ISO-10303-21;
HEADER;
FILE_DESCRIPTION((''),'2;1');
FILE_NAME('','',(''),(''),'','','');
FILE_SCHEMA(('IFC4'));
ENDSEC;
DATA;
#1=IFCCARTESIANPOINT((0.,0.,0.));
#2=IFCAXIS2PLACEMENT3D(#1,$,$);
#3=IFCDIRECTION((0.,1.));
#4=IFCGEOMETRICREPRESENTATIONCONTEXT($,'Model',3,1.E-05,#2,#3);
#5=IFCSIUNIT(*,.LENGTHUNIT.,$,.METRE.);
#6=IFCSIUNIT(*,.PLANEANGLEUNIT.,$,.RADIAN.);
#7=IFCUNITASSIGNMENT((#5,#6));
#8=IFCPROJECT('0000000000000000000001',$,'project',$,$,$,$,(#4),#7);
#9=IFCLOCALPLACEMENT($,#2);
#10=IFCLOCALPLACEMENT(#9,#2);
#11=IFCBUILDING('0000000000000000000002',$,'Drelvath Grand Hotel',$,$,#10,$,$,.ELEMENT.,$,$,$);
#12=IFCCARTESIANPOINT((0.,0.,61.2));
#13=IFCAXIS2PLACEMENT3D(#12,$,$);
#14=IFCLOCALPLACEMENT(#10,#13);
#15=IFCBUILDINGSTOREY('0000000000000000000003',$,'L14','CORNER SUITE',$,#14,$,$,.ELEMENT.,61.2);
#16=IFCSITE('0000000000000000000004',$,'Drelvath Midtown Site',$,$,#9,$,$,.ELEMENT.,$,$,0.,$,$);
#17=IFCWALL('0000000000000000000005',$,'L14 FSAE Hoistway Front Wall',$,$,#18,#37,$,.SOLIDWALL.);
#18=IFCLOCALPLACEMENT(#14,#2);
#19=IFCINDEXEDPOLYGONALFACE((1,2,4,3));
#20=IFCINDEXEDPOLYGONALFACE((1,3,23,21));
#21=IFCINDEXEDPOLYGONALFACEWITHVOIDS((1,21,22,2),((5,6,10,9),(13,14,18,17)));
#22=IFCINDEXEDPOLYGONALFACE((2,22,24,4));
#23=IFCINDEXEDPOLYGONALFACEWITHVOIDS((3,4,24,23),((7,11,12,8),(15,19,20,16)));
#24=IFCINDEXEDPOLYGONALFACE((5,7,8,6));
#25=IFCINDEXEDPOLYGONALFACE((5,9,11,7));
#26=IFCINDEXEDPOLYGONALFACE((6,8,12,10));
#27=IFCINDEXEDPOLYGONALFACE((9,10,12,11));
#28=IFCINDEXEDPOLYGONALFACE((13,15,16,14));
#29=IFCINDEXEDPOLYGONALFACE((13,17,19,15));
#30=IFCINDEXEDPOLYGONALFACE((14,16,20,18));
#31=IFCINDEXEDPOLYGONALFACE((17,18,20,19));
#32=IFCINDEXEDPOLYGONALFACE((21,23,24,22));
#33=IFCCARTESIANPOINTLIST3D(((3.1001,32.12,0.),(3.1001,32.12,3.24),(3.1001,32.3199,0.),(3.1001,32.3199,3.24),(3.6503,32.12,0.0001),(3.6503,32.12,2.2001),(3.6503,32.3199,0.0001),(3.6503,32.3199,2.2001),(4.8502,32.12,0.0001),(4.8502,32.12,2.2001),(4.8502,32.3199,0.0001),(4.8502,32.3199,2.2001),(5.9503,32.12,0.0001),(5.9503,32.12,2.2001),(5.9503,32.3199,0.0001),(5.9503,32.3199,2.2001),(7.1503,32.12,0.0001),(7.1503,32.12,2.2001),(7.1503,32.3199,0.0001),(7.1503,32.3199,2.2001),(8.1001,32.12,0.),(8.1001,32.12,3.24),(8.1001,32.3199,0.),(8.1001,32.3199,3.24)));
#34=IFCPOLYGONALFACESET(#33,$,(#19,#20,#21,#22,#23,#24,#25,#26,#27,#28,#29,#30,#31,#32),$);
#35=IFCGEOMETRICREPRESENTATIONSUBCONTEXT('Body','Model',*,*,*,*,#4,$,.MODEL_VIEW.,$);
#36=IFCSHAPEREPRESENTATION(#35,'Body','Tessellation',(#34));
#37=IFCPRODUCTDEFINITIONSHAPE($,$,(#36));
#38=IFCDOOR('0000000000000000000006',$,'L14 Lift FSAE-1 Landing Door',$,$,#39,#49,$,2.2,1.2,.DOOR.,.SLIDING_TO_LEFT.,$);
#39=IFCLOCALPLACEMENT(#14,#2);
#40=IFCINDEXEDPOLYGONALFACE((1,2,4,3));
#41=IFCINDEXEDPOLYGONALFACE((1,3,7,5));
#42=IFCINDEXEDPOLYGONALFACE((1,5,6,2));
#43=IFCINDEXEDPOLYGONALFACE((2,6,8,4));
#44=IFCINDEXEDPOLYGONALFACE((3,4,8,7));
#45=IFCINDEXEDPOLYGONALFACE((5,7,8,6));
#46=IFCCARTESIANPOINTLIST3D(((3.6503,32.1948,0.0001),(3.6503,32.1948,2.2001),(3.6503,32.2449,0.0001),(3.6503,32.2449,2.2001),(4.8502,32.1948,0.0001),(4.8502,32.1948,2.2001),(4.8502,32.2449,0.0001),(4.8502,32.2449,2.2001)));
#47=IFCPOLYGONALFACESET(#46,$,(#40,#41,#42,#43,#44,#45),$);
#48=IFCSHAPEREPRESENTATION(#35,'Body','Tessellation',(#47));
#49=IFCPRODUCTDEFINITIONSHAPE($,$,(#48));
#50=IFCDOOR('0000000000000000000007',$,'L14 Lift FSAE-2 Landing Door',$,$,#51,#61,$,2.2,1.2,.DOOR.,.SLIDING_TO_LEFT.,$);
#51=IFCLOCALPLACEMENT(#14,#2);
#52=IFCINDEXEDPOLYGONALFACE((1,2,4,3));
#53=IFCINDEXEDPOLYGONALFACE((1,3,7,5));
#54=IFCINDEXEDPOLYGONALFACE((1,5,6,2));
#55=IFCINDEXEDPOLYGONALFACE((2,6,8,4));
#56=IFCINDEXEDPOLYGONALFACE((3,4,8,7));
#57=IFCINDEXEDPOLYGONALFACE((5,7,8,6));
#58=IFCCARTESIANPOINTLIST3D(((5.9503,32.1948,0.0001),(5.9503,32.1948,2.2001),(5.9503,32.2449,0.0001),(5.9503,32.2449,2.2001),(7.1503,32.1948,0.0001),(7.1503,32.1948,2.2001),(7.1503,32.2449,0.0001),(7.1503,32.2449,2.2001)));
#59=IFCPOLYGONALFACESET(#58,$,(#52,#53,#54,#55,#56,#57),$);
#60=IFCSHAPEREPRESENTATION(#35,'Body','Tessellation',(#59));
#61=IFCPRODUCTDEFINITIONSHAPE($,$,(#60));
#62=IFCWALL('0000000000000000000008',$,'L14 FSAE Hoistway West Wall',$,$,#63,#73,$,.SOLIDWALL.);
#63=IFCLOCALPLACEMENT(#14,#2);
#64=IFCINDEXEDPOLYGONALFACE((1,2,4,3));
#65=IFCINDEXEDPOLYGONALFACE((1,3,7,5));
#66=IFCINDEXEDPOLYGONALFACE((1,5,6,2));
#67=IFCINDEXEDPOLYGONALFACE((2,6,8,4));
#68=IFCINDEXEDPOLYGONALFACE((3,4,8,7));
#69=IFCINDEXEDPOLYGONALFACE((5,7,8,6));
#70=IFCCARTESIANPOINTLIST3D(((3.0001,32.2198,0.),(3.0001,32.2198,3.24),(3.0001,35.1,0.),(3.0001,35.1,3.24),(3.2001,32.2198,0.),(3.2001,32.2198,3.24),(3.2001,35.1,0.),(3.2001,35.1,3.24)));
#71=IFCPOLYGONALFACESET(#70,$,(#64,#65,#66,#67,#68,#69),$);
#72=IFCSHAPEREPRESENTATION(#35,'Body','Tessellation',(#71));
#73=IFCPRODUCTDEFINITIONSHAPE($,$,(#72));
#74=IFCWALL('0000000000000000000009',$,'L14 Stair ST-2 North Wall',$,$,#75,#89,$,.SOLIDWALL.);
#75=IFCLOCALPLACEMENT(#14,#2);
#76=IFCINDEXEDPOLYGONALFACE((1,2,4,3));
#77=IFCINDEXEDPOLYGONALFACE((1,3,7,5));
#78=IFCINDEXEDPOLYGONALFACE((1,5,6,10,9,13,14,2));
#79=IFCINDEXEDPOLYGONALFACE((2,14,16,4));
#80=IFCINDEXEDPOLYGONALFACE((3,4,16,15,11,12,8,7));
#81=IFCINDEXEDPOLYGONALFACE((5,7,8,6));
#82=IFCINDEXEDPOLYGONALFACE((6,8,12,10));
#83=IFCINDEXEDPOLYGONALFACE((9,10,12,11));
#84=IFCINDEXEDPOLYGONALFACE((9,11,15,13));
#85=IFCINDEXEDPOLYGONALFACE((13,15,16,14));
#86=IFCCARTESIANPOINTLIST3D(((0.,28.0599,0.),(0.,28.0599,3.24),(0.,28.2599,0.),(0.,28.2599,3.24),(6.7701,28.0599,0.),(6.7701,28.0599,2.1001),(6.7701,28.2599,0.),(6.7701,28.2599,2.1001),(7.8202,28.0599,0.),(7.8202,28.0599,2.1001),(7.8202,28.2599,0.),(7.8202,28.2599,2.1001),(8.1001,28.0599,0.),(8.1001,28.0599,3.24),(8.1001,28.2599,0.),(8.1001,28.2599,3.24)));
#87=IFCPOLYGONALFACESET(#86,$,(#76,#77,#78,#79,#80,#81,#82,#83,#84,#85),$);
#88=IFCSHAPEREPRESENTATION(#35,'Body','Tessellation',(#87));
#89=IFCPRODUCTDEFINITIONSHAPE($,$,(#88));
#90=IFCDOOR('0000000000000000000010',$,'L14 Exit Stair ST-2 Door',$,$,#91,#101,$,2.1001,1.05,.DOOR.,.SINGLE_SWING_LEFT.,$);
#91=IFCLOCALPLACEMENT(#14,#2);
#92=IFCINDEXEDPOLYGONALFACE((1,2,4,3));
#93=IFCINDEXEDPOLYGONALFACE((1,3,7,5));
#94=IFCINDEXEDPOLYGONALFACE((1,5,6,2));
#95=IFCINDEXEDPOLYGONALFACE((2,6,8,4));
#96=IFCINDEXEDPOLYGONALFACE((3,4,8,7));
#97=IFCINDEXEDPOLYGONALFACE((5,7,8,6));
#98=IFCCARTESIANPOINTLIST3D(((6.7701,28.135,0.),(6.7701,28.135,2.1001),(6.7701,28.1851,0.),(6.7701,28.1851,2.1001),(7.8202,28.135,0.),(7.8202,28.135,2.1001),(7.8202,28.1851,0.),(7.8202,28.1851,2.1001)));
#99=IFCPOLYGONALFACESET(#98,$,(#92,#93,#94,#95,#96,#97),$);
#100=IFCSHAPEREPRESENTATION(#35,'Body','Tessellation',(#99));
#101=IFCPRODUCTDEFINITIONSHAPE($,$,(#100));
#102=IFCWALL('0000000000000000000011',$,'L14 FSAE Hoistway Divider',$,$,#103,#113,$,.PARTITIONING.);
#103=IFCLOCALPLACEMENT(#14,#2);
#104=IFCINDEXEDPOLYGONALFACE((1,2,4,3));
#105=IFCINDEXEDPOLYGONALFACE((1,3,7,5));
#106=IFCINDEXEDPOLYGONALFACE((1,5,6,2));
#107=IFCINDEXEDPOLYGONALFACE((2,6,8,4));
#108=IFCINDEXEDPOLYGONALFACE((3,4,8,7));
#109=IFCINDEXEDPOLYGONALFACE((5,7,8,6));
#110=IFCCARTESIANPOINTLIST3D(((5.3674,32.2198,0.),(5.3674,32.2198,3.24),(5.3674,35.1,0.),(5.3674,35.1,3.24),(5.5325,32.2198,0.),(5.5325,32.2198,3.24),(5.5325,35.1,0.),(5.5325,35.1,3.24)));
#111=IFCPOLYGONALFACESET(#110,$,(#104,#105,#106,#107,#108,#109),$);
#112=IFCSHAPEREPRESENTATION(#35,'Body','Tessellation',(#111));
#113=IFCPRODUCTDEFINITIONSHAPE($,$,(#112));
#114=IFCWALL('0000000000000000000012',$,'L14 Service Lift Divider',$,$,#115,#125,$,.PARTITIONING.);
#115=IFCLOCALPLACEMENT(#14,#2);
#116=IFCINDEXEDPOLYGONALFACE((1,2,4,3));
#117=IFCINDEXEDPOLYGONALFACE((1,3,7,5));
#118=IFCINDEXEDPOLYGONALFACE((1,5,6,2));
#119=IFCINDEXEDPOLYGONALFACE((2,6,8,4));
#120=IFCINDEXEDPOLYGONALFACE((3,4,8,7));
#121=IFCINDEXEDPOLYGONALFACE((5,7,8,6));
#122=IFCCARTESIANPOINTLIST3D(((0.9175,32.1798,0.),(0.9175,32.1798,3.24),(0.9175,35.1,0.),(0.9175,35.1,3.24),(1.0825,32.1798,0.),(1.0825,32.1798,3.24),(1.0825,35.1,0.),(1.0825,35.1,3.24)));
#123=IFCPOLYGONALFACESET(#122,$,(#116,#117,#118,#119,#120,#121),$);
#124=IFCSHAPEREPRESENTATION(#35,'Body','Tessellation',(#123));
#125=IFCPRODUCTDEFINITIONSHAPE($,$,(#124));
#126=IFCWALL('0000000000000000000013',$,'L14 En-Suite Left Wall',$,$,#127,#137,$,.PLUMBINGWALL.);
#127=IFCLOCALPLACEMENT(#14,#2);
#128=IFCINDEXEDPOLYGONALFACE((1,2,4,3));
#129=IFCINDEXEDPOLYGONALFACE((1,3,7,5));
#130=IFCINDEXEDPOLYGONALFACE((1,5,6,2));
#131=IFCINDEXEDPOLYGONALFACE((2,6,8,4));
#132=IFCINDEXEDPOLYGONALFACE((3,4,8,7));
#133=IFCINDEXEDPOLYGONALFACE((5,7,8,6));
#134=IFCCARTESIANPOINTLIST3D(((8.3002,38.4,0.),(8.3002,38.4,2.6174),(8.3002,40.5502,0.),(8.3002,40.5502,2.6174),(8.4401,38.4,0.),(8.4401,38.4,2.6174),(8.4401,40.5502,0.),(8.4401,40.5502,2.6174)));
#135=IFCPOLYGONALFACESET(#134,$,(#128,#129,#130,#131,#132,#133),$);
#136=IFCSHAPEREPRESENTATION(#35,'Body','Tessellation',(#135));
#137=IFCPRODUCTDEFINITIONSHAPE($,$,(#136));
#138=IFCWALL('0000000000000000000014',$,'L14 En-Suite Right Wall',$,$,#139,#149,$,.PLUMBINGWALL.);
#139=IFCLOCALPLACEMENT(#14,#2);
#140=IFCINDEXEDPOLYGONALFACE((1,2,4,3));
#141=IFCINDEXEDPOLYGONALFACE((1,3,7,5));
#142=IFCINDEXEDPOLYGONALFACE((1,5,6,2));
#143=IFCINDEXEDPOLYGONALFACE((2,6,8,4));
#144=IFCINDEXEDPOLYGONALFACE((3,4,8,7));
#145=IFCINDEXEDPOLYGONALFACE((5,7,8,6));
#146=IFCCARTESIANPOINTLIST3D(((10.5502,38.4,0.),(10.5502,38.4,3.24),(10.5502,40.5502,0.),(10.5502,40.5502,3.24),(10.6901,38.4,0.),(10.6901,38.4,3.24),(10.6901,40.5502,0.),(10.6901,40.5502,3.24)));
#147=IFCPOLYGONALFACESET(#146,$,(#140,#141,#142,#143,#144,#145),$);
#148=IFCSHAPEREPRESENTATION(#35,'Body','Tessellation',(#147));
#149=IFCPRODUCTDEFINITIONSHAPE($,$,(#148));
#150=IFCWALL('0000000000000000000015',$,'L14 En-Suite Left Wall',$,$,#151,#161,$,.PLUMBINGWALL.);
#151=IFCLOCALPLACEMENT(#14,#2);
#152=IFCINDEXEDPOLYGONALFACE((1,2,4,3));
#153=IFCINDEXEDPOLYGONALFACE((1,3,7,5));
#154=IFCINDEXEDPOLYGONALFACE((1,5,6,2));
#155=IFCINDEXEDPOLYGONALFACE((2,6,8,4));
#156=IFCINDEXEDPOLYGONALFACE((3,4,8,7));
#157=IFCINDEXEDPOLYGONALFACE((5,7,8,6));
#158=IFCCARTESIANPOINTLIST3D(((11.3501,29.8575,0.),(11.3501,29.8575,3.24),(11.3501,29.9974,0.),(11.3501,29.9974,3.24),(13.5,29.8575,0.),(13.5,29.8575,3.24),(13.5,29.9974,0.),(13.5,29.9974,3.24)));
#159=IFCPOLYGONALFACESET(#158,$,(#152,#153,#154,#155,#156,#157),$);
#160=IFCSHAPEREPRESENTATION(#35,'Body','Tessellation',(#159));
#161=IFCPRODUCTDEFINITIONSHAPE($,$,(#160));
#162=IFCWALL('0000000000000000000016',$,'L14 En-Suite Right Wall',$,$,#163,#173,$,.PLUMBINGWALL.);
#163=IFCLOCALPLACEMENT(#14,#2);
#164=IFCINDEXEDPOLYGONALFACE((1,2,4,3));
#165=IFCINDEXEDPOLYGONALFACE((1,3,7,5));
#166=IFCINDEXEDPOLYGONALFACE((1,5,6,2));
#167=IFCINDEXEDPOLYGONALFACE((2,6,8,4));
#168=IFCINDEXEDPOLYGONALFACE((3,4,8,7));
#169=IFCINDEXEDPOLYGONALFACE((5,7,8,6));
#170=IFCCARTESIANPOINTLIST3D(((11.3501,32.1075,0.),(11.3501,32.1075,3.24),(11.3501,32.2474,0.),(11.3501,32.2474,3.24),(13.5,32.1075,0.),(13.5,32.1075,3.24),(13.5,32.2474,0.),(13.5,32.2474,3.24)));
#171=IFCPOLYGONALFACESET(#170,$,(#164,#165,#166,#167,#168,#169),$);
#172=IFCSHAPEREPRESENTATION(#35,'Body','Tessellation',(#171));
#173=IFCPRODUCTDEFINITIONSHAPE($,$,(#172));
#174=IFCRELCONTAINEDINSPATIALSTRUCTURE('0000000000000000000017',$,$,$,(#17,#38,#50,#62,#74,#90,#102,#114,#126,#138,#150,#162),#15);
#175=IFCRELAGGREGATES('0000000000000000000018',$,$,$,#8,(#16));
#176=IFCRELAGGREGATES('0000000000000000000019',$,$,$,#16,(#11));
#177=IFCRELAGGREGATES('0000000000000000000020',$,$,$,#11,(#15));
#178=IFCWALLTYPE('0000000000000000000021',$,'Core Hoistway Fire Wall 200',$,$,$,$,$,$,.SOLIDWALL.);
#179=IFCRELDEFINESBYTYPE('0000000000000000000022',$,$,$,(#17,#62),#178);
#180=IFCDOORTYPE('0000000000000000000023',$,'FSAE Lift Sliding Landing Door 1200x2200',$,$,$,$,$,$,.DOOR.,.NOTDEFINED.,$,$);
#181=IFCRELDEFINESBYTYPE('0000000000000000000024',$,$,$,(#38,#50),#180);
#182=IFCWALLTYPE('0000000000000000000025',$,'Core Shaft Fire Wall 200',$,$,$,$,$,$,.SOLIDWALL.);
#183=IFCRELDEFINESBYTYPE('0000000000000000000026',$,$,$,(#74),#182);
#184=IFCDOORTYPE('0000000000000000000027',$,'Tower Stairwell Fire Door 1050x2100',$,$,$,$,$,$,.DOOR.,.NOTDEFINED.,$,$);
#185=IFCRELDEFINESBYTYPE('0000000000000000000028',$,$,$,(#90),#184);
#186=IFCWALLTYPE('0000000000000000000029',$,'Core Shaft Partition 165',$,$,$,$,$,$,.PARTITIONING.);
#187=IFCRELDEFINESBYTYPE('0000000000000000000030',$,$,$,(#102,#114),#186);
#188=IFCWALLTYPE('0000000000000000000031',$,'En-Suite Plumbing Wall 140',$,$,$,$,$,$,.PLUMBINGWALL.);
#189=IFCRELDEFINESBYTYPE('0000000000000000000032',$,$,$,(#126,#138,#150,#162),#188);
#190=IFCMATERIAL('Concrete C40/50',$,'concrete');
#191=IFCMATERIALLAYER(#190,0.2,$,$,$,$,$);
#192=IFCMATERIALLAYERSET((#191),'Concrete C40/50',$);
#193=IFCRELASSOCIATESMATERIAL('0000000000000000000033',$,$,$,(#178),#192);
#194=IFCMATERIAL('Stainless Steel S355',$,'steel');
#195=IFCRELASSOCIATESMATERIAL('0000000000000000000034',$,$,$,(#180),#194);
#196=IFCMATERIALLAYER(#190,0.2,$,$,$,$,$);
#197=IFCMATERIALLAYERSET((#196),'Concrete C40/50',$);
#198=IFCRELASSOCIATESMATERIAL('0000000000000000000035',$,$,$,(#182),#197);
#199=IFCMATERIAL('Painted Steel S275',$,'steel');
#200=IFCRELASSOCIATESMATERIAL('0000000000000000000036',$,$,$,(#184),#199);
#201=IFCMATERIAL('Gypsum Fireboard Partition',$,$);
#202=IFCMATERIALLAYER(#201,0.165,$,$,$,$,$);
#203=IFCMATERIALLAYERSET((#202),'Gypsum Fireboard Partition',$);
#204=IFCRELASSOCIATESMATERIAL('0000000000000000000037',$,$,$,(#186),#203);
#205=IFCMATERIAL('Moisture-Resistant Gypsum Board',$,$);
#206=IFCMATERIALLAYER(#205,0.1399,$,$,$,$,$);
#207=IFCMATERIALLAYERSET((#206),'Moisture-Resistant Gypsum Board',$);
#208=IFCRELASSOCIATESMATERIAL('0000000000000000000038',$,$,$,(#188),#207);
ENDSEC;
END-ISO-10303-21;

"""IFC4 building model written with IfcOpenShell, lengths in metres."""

from ifc_helpers import new_model, si_unit, direction, frame, frame_2d, origin, place, context, subcontext, project, spatial, rectangle, extrude, material, layer, layer_set, type_object, element, fill, save


model = new_model("IFC4")

# Units and contexts
model_context = context("Model", 3, precision=1e-05, world=origin(), true_north=direction((0.0, 1.0)))
body_context = subcontext(model_context, "Body", "Model", "MODEL_VIEW")
ifc_project = project(units=[si_unit("LENGTHUNIT", "METRE"), si_unit("PLANEANGLEUNIT", "RADIAN")], contexts=[model_context])

# Site, building, storey
site_placement = place(None, origin())
site = spatial("IfcSite", under=ifc_project, at=site_placement, Name="Drelvath Midtown Site", CompositionType="ELEMENT", RefElevation=0.0)
building_placement = place(site_placement, origin())
building = spatial("IfcBuilding", under=site, at=building_placement, Name="Drelvath Grand Hotel", CompositionType="ELEMENT")
storey_placement = place(building_placement, frame((0.0, 0.0, 61.2)))
storey = spatial("IfcBuildingStorey", under=building, at=storey_placement, Name="L14", Description="CORNER SUITE", CompositionType="ELEMENT", Elevation=61.2)

# Wall, openings, doors
ifc_material_1 = material(Name="Concrete C40/50", Category="concrete")
ifc_layer_1 = layer(ifc_material_1, 0.2)
ifc_layer_set_1 = layer_set([ifc_layer_1], Name="Concrete C40/50")
wall_type_1 = type_object("IfcWallType", Name="Core Hoistway Fire Wall 200", PredefinedType="SOLIDWALL", material=ifc_layer_set_1)
wall_1_placement = place(storey_placement, frame((3.1001, 32.22, 0.0), z_axis=(0.0, 0.0, 1.0), x_axis=(1.0, 0.0, 0.0)))
wall_1 = element("IfcWall", 1, at=wall_1_placement, inside=storey, type_object=wall_type_1, Name="L14 FSAE Hoistway Front Wall", PredefinedType="SOLIDWALL", context=body_context, shape_type="SweptSolid", body=[
    extrude(rectangle(XDim=5.0, YDim=0.2, at=frame_2d((2.5, 0.0))), origin(), (0.0, 0.0, 1.0), 3.24),
])
opening_1_placement = place(wall_1_placement, frame((0.55, 0.0, 0.0)))
opening_1 = element("IfcOpeningElement", 2, at=opening_1_placement, cuts=wall_1, PredefinedType="OPENING", context=body_context, shape_type="SweptSolid", body=[
    extrude(rectangle(XDim=1.2, YDim=2.2, at=frame_2d((0.6001, 1.1001))), frame((0.0, 0.1099, 0.0), z_axis=(0.0, -1.0, 0.0), x_axis=(1.0, 0.0, 0.0)), (0.0, 0.0, 1.0), 0.22),
])
opening_2_placement = place(wall_1_placement, frame((2.8501, 0.0, 0.0)))
opening_2 = element("IfcOpeningElement", 3, at=opening_2_placement, cuts=wall_1, PredefinedType="OPENING", context=body_context, shape_type="SweptSolid", body=[
    extrude(rectangle(XDim=1.2, YDim=2.2, at=frame_2d((0.6001, 1.1001))), frame((0.0, 0.1099, 0.0), z_axis=(0.0, -1.0, 0.0), x_axis=(1.0, 0.0, 0.0)), (0.0, 0.0, 1.0), 0.22),
])
ifc_material_2 = material(Name="Stainless Steel S355", Category="steel")
door_type_1 = type_object("IfcDoorType", Name="FSAE Lift Sliding Landing Door 1200x2200", OperationType="NOTDEFINED", PredefinedType="DOOR", material=ifc_material_2)
door_1_placement = place(opening_1_placement, origin())
door_1 = element("IfcDoor", 4, at=door_1_placement, inside=storey, type_object=door_type_1, Name="L14 Lift FSAE-1 Landing Door", OperationType="SLIDING_TO_LEFT", OverallHeight=2.2, OverallWidth=1.2, PredefinedType="DOOR", context=body_context, shape_type="SweptSolid", body=[
    extrude(rectangle(XDim=1.2, YDim=2.2, at=frame_2d((0.6001, 1.1001))), frame((0.0, 0.0249, 0.0), z_axis=(0.0, -1.0, 0.0), x_axis=(1.0, 0.0, 0.0)), (0.0, 0.0, 1.0), 0.05),
])
fill(opening_1, door_1)
door_2_placement = place(opening_2_placement, origin())
door_2 = element("IfcDoor", 5, at=door_2_placement, inside=storey, type_object=door_type_1, Name="L14 Lift FSAE-2 Landing Door", OperationType="SLIDING_TO_LEFT", OverallHeight=2.2, OverallWidth=1.2, PredefinedType="DOOR", context=body_context, shape_type="SweptSolid", body=[
    extrude(rectangle(XDim=1.2, YDim=2.2, at=frame_2d((0.6001, 1.1001))), frame((0.0, 0.0249, 0.0), z_axis=(0.0, -1.0, 0.0), x_axis=(1.0, 0.0, 0.0)), (0.0, 0.0, 1.0), 0.05),
])
fill(opening_2, door_2)

# Wall
wall_2_placement = place(storey_placement, frame((3.1001, 32.22, 0.0), z_axis=(0.0, 0.0, 1.0), x_axis=(0.0, 1.0, 0.0)))
element("IfcWall", 6, at=wall_2_placement, inside=storey, type_object=wall_type_1, Name="L14 FSAE Hoistway West Wall", PredefinedType="SOLIDWALL", context=body_context, shape_type="SweptSolid", body=[
    extrude(rectangle(XDim=2.8801, YDim=0.2, at=frame_2d((1.4399, 0.0))), origin(), (0.0, 0.0, 1.0), 3.24),
])

# Wall, opening, door
ifc_layer_2 = layer(ifc_material_1, 0.2)
ifc_layer_set_2 = layer_set([ifc_layer_2], Name="Concrete C40/50")
wall_type_2 = type_object("IfcWallType", Name="Core Shaft Fire Wall 200", PredefinedType="SOLIDWALL", material=ifc_layer_set_2)
wall_3_placement = place(storey_placement, frame((8.1001, 28.1599, 0.0), z_axis=(0.0, 0.0, 1.0), x_axis=(-1.0, 0.0, 0.0)))
wall_3 = element("IfcWall", 7, at=wall_3_placement, inside=storey, type_object=wall_type_2, Name="L14 Stair ST-2 North Wall", PredefinedType="SOLIDWALL", context=body_context, shape_type="SweptSolid", body=[
    extrude(rectangle(XDim=8.1001, YDim=0.2, at=frame_2d((4.05, 0.0))), origin(), (0.0, 0.0, 1.0), 3.24),
])
opening_3_placement = place(wall_3_placement, frame((0.28, 0.0, 0.0)))
opening_3 = element("IfcOpeningElement", 8, at=opening_3_placement, cuts=wall_3, PredefinedType="OPENING", context=body_context, shape_type="SweptSolid", body=[
    extrude(rectangle(XDim=1.05, YDim=2.1001, at=frame_2d((0.5249, 1.05))), frame((0.0, 0.1099, 0.0), z_axis=(0.0, -1.0, 0.0), x_axis=(1.0, 0.0, 0.0)), (0.0, 0.0, 1.0), 0.22),
])
ifc_material_3 = material(Name="Painted Steel S275", Category="steel")
door_type_2 = type_object("IfcDoorType", Name="Tower Stairwell Fire Door 1050x2100", OperationType="NOTDEFINED", PredefinedType="DOOR", material=ifc_material_3)
door_3_placement = place(opening_3_placement, origin())
door_3 = element("IfcDoor", 9, at=door_3_placement, inside=storey, type_object=door_type_2, Name="L14 Exit Stair ST-2 Door", OperationType="SINGLE_SWING_LEFT", OverallHeight=2.1001, OverallWidth=1.05, PredefinedType="DOOR", context=body_context, shape_type="SweptSolid", body=[
    extrude(rectangle(XDim=1.05, YDim=2.1001, at=frame_2d((0.5249, 1.05))), frame((0.0, 0.0249, 0.0), z_axis=(0.0, -1.0, 0.0), x_axis=(1.0, 0.0, 0.0)), (0.0, 0.0, 1.0), 0.05),
])
fill(opening_3, door_3)

# Walls
ifc_material_4 = material(Name="Gypsum Fireboard Partition")
ifc_layer_3 = layer(ifc_material_4, 0.165)
ifc_layer_set_3 = layer_set([ifc_layer_3], Name="Gypsum Fireboard Partition")
wall_type_3 = type_object("IfcWallType", Name="Core Shaft Partition 165", PredefinedType="PARTITIONING", material=ifc_layer_set_3)
wall_4_placement = place(storey_placement, frame((5.45, 32.22, 0.0), z_axis=(0.0, 0.0, 1.0), x_axis=(0.0, 1.0, 0.0)))
element("IfcWall", 10, at=wall_4_placement, inside=storey, type_object=wall_type_3, Name="L14 FSAE Hoistway Divider", PredefinedType="PARTITIONING", context=body_context, shape_type="SweptSolid", body=[
    extrude(rectangle(XDim=2.8801, YDim=0.165, at=frame_2d((1.4399, 0.0))), origin(), (0.0, 0.0, 1.0), 3.24),
])
wall_5_placement = place(storey_placement, frame((1.0, 32.1799, 0.0), z_axis=(0.0, 0.0, 1.0), x_axis=(0.0, 1.0, 0.0)))
element("IfcWall", 11, at=wall_5_placement, inside=storey, type_object=wall_type_3, Name="L14 Service Lift Divider", PredefinedType="PARTITIONING", context=body_context, shape_type="SweptSolid", body=[
    extrude(rectangle(XDim=2.9202, YDim=0.165, at=frame_2d((1.46, 0.0))), origin(), (0.0, 0.0, 1.0), 3.24),
])
ifc_material_5 = material(Name="Moisture-Resistant Gypsum Board")
ifc_layer_4 = layer(ifc_material_5, 0.1399)
ifc_layer_set_4 = layer_set([ifc_layer_4], Name="Moisture-Resistant Gypsum Board")
wall_type_4 = type_object("IfcWallType", Name="En-Suite Plumbing Wall 140", PredefinedType="PLUMBINGWALL", material=ifc_layer_set_4)
wall_6_placement = place(storey_placement, frame((8.3701, 38.3999, 0.0), z_axis=(0.0, 0.0, 1.0), x_axis=(0.0, 1.0, 0.0)))
element("IfcWall", 12, at=wall_6_placement, inside=storey, type_object=wall_type_4, Name="L14 En-Suite Left Wall", PredefinedType="PLUMBINGWALL", context=body_context, shape_type="SweptSolid", body=[
    extrude(rectangle(XDim=2.1501, YDim=0.1399, at=frame_2d((1.0752, 0.0))), origin(), (0.0, 0.0, 1.0), 2.6174),
])
wall_7_placement = place(storey_placement, frame((10.6201, 38.3999, 0.0), z_axis=(0.0, 0.0, 1.0), x_axis=(0.0, 1.0, 0.0)))
element("IfcWall", 13, at=wall_7_placement, inside=storey, type_object=wall_type_4, Name="L14 En-Suite Right Wall", PredefinedType="PLUMBINGWALL", context=body_context, shape_type="SweptSolid", body=[
    extrude(rectangle(XDim=2.1501, YDim=0.1399, at=frame_2d((1.0752, 0.0))), origin(), (0.0, 0.0, 1.0), 3.24),
])
for number, where, z_axis, x_axis, name in (
    (14, (11.3501, 29.9275, 0.0), (0.0, 0.0, 1.0), (1.0, 0.0, 0.0), "L14 En-Suite Left Wall"),
    (15, (11.3501, 32.1775, 0.0), (0.0, 0.0, 1.0), (1.0, 0.0, 0.0), "L14 En-Suite Right Wall"),
):
    element("IfcWall", number, at=place(storey_placement, frame(where, z_axis=z_axis, x_axis=x_axis)), inside=storey, type_object=wall_type_4, Name=name, PredefinedType="PLUMBINGWALL", context=body_context, shape_type="SweptSolid", body=[
        extrude(rectangle(XDim=2.1499, YDim=0.1399, at=frame_2d((1.075, 0.0))), origin(), (0.0, 0.0, 1.0), 3.24),
    ])

save(model, "model.ifc")
